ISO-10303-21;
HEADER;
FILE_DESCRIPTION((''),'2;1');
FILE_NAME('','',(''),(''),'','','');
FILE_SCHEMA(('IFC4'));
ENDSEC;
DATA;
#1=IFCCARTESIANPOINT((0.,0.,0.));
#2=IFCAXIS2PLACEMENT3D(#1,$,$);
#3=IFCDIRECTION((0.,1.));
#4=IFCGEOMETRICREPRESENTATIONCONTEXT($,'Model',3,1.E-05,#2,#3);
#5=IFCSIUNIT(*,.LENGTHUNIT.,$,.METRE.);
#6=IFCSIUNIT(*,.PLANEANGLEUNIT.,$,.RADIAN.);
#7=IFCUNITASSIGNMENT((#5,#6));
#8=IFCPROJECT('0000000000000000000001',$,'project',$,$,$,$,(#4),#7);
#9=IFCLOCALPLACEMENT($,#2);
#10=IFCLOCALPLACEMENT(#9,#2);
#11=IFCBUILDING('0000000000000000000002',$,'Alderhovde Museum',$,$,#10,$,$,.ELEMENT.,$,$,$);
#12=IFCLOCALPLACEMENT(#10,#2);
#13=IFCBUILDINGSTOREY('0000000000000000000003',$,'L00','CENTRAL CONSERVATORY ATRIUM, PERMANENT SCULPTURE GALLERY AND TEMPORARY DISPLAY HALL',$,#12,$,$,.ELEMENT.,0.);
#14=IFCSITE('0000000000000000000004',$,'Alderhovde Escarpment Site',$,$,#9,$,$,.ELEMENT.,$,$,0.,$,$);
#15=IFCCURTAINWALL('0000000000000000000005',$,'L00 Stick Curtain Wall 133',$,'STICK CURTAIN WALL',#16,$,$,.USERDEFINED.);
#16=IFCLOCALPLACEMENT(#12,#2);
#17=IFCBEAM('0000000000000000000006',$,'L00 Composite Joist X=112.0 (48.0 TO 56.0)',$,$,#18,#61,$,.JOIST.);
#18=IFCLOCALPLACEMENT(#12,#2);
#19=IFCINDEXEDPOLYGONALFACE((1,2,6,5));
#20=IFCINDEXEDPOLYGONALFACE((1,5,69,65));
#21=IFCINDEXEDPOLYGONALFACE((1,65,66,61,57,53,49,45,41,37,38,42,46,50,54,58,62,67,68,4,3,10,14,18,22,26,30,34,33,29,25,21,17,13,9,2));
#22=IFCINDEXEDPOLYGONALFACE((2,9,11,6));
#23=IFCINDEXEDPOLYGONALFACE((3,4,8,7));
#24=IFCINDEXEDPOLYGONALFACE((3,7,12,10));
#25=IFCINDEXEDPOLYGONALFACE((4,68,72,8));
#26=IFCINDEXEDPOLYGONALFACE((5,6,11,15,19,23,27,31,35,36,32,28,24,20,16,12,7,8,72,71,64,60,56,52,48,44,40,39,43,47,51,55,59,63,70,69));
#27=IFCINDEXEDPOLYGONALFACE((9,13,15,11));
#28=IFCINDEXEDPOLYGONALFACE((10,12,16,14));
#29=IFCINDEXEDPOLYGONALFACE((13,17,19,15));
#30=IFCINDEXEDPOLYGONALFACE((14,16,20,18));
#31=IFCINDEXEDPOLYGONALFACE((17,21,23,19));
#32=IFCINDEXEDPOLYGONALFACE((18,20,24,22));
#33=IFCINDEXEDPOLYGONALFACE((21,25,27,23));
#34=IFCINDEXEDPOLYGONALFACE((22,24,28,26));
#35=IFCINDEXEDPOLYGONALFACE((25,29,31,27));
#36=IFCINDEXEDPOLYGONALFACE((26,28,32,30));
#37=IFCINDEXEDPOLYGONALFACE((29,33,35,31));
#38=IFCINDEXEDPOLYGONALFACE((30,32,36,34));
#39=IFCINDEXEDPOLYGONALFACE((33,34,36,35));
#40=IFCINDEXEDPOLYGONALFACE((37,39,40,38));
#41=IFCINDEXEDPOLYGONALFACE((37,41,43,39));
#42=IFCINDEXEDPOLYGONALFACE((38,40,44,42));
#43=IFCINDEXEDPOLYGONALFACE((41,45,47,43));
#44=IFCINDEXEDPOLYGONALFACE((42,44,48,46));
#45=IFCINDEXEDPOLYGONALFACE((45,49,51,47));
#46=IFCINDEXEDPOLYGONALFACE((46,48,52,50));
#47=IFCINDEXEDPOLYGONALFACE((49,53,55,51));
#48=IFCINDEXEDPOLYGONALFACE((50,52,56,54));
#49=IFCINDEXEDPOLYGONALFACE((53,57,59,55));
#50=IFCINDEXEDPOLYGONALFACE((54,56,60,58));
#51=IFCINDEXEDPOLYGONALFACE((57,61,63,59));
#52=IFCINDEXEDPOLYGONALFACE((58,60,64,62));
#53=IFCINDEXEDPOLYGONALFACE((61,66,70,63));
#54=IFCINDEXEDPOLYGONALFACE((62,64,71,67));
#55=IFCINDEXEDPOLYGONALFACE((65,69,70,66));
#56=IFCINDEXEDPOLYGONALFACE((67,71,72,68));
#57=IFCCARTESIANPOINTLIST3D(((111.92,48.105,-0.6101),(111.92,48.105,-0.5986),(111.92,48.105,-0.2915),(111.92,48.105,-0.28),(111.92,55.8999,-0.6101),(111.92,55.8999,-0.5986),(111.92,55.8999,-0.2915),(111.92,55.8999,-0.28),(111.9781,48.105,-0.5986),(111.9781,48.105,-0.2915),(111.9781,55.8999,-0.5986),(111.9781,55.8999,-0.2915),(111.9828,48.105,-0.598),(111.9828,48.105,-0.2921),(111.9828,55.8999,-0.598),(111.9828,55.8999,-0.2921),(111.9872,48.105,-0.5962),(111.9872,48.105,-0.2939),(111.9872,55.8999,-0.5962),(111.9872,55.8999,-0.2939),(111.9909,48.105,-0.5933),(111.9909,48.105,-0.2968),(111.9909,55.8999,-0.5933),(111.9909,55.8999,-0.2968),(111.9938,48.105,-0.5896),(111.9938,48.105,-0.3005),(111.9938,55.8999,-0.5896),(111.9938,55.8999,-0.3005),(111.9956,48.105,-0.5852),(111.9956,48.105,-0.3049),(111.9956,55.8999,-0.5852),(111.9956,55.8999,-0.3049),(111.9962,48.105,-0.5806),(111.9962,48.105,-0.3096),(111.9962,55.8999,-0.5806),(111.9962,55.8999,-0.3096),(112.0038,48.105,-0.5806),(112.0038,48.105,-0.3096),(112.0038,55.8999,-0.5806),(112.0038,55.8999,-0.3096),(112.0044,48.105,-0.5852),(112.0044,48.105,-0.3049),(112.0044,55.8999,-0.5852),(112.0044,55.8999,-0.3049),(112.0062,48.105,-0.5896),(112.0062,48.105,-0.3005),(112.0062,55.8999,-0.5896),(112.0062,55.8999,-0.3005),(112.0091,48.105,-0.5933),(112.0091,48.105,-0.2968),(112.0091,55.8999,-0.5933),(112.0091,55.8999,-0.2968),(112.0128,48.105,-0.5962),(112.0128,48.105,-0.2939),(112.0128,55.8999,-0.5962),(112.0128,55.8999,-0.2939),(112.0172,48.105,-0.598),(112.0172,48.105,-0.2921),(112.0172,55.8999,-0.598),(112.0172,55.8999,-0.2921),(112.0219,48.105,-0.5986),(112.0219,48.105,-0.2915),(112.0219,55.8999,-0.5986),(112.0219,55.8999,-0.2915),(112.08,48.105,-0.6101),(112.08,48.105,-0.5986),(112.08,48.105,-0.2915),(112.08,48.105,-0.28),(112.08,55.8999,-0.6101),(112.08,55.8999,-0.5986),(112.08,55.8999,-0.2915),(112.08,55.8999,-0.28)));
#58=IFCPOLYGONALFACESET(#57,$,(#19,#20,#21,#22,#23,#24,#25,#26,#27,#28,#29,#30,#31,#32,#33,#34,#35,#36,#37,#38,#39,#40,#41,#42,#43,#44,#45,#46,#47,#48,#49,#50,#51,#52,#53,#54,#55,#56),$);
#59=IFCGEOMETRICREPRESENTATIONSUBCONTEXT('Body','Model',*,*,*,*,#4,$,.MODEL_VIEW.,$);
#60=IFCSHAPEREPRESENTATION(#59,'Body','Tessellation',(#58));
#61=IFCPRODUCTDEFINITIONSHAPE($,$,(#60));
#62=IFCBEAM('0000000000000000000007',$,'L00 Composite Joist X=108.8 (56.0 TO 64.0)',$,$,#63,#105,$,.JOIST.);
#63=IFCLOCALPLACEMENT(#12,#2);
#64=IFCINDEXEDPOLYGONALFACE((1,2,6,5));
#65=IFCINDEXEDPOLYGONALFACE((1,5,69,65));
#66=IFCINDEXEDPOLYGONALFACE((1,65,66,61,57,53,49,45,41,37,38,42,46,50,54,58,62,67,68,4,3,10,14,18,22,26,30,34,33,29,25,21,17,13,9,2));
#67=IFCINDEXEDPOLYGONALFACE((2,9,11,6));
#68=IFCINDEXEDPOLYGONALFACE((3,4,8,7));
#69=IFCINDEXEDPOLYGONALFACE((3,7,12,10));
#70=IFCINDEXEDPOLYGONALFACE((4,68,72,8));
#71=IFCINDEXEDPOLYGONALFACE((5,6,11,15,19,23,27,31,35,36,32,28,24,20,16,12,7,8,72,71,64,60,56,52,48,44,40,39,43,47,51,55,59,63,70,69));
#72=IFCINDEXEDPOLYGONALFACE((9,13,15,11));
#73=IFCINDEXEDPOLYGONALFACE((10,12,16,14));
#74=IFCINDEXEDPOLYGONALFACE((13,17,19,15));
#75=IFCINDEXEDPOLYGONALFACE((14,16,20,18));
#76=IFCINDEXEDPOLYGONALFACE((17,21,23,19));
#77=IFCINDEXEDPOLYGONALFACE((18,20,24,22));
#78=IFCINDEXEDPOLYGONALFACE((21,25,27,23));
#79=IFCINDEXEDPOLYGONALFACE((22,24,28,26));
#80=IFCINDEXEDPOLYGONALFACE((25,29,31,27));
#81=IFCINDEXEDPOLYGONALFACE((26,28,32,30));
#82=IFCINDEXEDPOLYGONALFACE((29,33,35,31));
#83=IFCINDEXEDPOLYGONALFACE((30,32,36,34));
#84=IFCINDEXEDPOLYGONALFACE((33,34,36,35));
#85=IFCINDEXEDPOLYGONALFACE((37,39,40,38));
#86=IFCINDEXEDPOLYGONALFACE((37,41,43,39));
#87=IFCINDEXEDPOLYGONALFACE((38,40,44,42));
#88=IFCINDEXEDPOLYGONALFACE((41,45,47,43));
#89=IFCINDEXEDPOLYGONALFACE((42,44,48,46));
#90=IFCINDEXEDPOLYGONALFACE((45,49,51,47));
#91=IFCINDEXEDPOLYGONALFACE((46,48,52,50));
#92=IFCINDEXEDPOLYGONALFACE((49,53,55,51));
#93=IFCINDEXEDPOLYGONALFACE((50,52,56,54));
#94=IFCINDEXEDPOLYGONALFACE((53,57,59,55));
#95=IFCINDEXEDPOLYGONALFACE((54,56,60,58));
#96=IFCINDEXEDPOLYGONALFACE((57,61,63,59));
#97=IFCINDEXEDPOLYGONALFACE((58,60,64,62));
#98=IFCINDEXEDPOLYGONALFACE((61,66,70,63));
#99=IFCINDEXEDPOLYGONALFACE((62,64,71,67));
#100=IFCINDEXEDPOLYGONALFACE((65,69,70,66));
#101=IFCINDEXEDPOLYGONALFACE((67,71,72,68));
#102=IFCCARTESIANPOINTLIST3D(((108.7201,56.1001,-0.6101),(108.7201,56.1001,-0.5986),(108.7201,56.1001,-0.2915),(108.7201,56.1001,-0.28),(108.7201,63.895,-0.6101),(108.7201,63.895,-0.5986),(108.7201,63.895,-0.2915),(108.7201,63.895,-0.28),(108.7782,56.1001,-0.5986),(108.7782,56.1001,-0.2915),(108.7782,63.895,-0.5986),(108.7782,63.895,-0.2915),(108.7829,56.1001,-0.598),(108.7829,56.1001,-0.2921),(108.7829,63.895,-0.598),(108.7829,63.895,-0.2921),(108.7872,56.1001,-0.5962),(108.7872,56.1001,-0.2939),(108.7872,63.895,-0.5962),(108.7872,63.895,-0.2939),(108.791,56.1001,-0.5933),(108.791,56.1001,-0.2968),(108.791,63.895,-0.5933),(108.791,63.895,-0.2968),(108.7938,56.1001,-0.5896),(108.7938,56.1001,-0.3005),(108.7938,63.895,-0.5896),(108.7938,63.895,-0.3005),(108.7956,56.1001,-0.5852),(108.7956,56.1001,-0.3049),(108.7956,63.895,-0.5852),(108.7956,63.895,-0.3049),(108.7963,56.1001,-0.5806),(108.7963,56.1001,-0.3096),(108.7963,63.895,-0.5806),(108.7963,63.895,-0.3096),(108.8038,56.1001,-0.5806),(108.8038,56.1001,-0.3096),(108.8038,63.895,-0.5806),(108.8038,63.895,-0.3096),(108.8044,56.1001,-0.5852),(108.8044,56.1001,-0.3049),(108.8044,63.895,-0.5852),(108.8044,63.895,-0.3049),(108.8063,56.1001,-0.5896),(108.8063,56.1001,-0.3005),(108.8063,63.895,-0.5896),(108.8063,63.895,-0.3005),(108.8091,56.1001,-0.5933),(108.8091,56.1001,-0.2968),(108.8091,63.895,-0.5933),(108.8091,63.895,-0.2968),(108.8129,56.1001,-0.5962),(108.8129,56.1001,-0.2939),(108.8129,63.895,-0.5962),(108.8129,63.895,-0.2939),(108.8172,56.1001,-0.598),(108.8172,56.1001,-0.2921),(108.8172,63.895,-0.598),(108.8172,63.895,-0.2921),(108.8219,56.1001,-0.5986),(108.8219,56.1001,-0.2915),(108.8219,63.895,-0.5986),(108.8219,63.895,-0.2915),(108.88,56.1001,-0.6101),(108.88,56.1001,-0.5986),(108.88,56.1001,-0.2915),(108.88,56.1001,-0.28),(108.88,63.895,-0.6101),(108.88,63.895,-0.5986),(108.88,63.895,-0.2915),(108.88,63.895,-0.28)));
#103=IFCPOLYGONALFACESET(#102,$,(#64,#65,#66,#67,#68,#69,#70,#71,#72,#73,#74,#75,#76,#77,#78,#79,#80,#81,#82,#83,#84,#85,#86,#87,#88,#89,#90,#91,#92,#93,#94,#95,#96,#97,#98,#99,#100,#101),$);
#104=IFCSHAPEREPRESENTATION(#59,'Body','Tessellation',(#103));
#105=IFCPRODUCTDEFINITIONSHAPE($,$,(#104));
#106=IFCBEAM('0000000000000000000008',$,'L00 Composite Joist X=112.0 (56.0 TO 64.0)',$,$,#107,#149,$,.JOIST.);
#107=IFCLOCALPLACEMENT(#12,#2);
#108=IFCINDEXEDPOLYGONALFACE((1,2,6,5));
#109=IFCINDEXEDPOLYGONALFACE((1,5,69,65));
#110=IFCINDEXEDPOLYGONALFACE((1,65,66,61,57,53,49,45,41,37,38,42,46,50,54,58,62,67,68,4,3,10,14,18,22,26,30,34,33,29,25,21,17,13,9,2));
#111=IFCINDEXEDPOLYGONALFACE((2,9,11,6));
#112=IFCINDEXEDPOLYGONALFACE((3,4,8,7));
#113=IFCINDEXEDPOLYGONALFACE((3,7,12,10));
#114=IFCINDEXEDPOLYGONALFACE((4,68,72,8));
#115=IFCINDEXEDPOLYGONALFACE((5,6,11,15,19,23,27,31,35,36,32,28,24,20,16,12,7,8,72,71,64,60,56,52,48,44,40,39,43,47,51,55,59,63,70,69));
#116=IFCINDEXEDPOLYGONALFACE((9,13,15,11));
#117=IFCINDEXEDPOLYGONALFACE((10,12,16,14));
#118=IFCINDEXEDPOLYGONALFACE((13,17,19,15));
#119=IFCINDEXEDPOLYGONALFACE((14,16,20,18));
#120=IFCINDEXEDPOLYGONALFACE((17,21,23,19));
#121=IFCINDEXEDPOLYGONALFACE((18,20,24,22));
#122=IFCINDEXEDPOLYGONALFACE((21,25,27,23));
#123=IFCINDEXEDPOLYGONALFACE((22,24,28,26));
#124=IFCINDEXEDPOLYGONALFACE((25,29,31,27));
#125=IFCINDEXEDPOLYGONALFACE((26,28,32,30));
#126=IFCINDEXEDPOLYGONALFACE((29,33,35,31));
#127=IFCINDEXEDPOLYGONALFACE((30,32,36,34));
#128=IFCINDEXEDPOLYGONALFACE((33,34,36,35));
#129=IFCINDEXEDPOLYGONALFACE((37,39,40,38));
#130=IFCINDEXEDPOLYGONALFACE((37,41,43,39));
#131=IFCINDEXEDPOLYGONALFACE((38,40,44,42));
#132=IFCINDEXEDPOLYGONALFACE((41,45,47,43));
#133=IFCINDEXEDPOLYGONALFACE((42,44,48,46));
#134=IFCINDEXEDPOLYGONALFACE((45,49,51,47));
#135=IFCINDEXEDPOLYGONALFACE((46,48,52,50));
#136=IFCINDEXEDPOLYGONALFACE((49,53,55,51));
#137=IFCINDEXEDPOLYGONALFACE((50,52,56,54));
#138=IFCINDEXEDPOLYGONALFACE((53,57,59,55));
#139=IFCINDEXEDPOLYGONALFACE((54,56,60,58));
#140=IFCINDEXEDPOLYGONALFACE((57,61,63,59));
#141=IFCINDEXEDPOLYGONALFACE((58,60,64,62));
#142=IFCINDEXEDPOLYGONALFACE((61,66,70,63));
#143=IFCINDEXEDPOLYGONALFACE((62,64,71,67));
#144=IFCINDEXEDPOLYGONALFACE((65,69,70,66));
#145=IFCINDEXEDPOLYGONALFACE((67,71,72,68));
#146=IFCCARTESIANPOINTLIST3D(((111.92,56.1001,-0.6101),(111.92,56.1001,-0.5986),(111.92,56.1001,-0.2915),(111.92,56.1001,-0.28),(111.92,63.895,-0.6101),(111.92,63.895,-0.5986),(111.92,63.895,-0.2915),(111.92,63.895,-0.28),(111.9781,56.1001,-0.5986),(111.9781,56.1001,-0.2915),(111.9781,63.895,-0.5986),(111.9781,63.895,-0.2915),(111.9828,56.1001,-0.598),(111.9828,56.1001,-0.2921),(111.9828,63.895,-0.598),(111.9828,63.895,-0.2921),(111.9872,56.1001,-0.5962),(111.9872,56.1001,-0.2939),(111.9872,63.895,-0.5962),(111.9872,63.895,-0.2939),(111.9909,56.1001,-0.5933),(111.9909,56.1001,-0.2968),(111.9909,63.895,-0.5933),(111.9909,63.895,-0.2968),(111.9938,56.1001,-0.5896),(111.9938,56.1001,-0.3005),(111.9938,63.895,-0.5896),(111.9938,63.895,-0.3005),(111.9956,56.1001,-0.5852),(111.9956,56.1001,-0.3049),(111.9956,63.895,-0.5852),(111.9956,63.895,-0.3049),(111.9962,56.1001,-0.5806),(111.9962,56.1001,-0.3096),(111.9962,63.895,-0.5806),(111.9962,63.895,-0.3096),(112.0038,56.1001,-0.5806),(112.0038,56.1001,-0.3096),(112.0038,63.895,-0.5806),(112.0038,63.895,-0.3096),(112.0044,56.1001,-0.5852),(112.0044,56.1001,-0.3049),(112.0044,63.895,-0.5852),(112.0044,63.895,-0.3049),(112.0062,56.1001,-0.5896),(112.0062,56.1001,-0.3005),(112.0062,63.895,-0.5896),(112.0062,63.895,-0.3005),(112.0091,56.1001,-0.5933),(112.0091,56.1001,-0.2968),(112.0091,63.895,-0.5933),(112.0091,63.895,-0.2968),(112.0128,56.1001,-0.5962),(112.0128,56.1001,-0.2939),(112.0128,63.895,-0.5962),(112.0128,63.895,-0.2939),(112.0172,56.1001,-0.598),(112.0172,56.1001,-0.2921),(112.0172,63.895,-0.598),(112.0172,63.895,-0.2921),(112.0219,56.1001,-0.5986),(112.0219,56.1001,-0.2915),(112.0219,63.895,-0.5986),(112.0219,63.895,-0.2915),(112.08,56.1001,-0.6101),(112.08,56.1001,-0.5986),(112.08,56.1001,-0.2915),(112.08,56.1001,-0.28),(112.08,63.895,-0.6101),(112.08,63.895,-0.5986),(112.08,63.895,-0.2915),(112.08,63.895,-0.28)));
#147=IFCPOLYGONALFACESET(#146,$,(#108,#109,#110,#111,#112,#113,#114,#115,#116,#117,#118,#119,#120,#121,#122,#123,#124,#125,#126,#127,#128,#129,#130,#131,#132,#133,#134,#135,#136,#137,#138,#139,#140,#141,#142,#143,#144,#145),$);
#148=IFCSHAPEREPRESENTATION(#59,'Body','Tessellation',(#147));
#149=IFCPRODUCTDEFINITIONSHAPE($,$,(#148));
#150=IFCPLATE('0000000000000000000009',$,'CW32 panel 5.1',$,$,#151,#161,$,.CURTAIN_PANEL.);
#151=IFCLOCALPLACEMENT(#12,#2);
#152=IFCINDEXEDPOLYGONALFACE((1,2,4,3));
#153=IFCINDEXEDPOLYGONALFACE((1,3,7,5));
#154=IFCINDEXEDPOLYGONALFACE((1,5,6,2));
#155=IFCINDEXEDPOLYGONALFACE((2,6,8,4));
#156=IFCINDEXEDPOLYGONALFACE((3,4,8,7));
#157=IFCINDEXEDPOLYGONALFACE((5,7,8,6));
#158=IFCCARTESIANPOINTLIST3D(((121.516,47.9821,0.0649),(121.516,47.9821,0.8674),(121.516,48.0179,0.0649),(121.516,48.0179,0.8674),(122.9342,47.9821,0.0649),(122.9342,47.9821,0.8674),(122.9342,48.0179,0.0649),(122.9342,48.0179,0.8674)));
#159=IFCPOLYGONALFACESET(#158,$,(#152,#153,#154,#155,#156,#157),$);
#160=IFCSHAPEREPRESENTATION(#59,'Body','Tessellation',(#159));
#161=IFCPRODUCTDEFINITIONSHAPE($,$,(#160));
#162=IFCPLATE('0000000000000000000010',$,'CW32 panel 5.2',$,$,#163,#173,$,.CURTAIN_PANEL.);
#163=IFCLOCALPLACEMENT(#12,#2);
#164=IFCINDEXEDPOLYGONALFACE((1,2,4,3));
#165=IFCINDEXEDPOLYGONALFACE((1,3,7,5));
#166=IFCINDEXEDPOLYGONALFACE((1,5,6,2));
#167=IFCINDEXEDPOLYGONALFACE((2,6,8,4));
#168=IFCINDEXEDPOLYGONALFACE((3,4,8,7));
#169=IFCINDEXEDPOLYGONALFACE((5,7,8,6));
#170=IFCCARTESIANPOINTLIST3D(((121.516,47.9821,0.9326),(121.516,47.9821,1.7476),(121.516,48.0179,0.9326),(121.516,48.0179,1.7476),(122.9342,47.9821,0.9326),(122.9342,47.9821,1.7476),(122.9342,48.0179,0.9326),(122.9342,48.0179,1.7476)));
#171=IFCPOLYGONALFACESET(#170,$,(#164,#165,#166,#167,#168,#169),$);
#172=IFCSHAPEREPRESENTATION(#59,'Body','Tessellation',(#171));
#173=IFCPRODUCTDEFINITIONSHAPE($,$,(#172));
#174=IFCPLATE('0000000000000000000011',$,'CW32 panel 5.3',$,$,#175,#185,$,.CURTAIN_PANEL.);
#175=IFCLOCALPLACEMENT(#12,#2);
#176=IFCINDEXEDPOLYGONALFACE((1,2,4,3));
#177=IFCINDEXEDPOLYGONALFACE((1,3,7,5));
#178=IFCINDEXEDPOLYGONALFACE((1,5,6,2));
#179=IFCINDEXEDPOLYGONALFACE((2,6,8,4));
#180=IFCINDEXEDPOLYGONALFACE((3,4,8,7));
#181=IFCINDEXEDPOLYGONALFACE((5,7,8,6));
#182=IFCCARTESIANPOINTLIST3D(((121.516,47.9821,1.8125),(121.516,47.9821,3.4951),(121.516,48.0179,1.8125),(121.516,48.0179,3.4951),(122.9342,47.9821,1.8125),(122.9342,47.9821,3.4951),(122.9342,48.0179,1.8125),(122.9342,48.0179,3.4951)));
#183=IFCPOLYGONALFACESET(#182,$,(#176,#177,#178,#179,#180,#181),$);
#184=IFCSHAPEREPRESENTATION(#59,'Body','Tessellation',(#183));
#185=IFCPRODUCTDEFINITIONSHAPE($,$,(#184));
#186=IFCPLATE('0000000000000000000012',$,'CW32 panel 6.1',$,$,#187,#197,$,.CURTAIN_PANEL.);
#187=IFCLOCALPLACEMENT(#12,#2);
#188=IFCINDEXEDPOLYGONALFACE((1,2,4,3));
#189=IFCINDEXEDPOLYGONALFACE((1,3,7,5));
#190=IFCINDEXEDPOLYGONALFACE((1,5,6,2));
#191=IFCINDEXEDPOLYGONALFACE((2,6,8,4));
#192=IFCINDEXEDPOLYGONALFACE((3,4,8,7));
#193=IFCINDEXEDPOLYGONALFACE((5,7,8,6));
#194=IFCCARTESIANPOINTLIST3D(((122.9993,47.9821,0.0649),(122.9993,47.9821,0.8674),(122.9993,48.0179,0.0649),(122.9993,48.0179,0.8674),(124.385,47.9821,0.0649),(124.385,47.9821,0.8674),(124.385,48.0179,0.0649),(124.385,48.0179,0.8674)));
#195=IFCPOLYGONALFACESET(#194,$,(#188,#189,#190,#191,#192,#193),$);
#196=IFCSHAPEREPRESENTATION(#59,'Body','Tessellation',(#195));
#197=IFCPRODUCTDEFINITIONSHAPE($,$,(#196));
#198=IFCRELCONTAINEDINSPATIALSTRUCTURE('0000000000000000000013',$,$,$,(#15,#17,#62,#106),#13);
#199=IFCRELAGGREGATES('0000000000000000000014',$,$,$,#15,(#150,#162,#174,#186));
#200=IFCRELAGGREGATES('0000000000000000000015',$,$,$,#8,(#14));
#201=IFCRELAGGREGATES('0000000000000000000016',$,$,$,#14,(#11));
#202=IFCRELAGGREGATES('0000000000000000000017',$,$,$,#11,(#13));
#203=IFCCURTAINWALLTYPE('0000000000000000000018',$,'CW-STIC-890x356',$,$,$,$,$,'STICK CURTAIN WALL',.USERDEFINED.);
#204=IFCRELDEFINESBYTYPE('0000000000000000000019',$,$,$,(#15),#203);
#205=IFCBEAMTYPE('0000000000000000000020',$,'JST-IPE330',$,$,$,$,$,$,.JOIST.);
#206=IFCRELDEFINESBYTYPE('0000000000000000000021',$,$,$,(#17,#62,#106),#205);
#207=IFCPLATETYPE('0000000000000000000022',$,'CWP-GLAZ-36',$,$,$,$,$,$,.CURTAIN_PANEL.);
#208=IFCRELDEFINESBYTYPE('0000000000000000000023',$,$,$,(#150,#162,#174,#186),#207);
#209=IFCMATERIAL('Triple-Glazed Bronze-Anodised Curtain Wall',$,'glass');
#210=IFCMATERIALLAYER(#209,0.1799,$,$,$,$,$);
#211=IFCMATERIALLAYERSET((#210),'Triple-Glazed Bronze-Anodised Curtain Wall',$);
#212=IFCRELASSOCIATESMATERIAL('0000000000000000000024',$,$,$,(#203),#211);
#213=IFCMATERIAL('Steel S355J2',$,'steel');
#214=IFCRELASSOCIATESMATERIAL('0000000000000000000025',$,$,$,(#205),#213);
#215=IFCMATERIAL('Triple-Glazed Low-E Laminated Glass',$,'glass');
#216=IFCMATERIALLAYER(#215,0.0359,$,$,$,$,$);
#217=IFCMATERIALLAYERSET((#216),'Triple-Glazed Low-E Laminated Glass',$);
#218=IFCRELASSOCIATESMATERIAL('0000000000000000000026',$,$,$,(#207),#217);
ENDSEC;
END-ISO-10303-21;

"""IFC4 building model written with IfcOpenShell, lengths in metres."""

from ifc_helpers import new_model, si_unit, direction, frame, origin, origin_2d, place, context, subcontext, project, spatial, rectangle, i_section, extrude, material, layer, layer_set, material_profile, profile_set, type_object, element, aggregate, save


model = new_model("IFC4")

# Units and contexts
model_context = context("Model", 3, precision=1e-05, world=origin(), true_north=direction((0.0, 1.0)))
body_context = subcontext(model_context, "Body", "Model", "MODEL_VIEW")
ifc_project = project(units=[si_unit("LENGTHUNIT", "METRE"), si_unit("PLANEANGLEUNIT", "RADIAN")], contexts=[model_context])

# Site, building, storey
site_placement = place(None, origin())
site = spatial("IfcSite", under=ifc_project, at=site_placement, Name="Alderhovde Escarpment Site", CompositionType="ELEMENT", RefElevation=0.0)
building_placement = place(site_placement, origin())
building = spatial("IfcBuilding", under=site, at=building_placement, Name="Alderhovde Museum", CompositionType="ELEMENT")
storey_placement = place(building_placement, origin())
storey = spatial("IfcBuildingStorey", under=building, at=storey_placement, Name="L00", Description="CENTRAL CONSERVATORY ATRIUM, PERMANENT SCULPTURE GALLERY AND TEMPORARY DISPLAY HALL", CompositionType="ELEMENT", Elevation=0.0)

# Curtain wall
ifc_material_1 = material(Name="Triple-Glazed Bronze-Anodised Curtain Wall", Category="glass")
ifc_layer_1 = layer(ifc_material_1, 0.1799)
ifc_layer_set_1 = layer_set([ifc_layer_1], Name="Triple-Glazed Bronze-Anodised Curtain Wall")
curtain_wall_type = type_object("IfcCurtainWallType", Name="CW-STIC-890x356", ElementType="STICK CURTAIN WALL", PredefinedType="USERDEFINED", material=ifc_layer_set_1)
curtain_wall_placement = place(storey_placement, origin())
curtain_wall = element("IfcCurtainWall", 1, at=curtain_wall_placement, inside=storey, type_object=curtain_wall_type, Name="L00 Stick Curtain Wall 133", ObjectType="STICK CURTAIN WALL", PredefinedType="USERDEFINED")

# Beams
ifc_material_2 = material(Name="Steel S355J2", Category="steel")
ifc_material_profile_1 = material_profile(ifc_material_2, i_section(OverallWidth=0.1599, OverallDepth=0.3301, WebThickness=0.0076, FlangeThickness=0.0115, FilletRadius=0.0181, at=origin_2d()), Name="IPE 330")
ifc_profile_set_1 = profile_set([ifc_material_profile_1], Name="Steel S355J2")
beam_type_1 = type_object("IfcBeamType", Name="JST-IPE330", PredefinedType="JOIST", material=ifc_profile_set_1)
for number, where, z_axis, x_axis, name in (
    (2, (112.0, 48.105, -0.4451), (0.0, 1.0, 0.0), (-1.0, 0.0, 0.0), "L00 Composite Joist X=112.0 (48.0 TO 56.0)"),
    (3, (108.8, 56.1001, -0.4451), (0.0, 1.0, 0.0), (-1.0, 0.0, 0.0), "L00 Composite Joist X=108.8 (56.0 TO 64.0)"),
    (4, (112.0, 56.1001, -0.4451), (0.0, 1.0, 0.0), (-1.0, 0.0, 0.0), "L00 Composite Joist X=112.0 (56.0 TO 64.0)"),
):
    element("IfcBeam", number, at=place(storey_placement, frame(where, z_axis=z_axis, x_axis=x_axis)), inside=storey, type_object=beam_type_1, Name=name, PredefinedType="JOIST", context=body_context, shape_type="SweptSolid", body=[
        extrude(i_section(OverallWidth=0.1599, OverallDepth=0.3301, WebThickness=0.0076, FlangeThickness=0.0115, FilletRadius=0.0181, at=origin_2d()), origin(), (0.0, 0.0, 1.0), 7.7949),
    ])

# Plates
ifc_material_3 = material(Name="Triple-Glazed Low-E Laminated Glass", Category="glass")
ifc_layer_2 = layer(ifc_material_3, 0.0359)
ifc_layer_set_2 = layer_set([ifc_layer_2], Name="Triple-Glazed Low-E Laminated Glass")
plate_type = type_object("IfcPlateType", Name="CWP-GLAZ-36", PredefinedType="CURTAIN_PANEL", material=ifc_layer_set_2)
plate_1_placement = place(storey_placement, frame((122.2251, 48.0, 0.0649), z_axis=(0.0, 0.0, 1.0), x_axis=(1.0, 0.0, 0.0)))
plate_1 = element("IfcPlate", 5, at=plate_1_placement, type_object=plate_type, Name="CW32 panel 5.1", PredefinedType="CURTAIN_PANEL", context=body_context, shape_type="SweptSolid", body=[
    extrude(rectangle(XDim=1.4182, YDim=0.0359, at=origin_2d()), origin(), (0.0, 0.0, 1.0), 0.8025),
])
plate_2_placement = place(storey_placement, frame((122.2251, 48.0, 0.9326), z_axis=(0.0, 0.0, 1.0), x_axis=(1.0, 0.0, 0.0)))
plate_2 = element("IfcPlate", 6, at=plate_2_placement, type_object=plate_type, Name="CW32 panel 5.2", PredefinedType="CURTAIN_PANEL", context=body_context, shape_type="SweptSolid", body=[
    extrude(rectangle(XDim=1.4182, YDim=0.0359, at=origin_2d()), origin(), (0.0, 0.0, 1.0), 0.8149),
])
plate_3_placement = place(storey_placement, frame((122.2251, 48.0, 1.8125), z_axis=(0.0, 0.0, 1.0), x_axis=(1.0, 0.0, 0.0)))
plate_3 = element("IfcPlate", 7, at=plate_3_placement, type_object=plate_type, Name="CW32 panel 5.3", PredefinedType="CURTAIN_PANEL", context=body_context, shape_type="SweptSolid", body=[
    extrude(rectangle(XDim=1.4182, YDim=0.0359, at=origin_2d()), origin(), (0.0, 0.0, 1.0), 1.6826),
])
plate_4_placement = place(storey_placement, frame((123.6921, 48.0, 0.0649), z_axis=(0.0, 0.0, 1.0), x_axis=(1.0, 0.0, 0.0)))
plate_4 = element("IfcPlate", 8, at=plate_4_placement, type_object=plate_type, Name="CW32 panel 6.1", PredefinedType="CURTAIN_PANEL", context=body_context, shape_type="SweptSolid", body=[
    extrude(rectangle(XDim=1.3857, YDim=0.0359, at=origin_2d()), origin(), (0.0, 0.0, 1.0), 0.8025),
])
aggregate(curtain_wall, [plate_1, plate_2, plate_3, plate_4])

save(model, "model.ifc")
